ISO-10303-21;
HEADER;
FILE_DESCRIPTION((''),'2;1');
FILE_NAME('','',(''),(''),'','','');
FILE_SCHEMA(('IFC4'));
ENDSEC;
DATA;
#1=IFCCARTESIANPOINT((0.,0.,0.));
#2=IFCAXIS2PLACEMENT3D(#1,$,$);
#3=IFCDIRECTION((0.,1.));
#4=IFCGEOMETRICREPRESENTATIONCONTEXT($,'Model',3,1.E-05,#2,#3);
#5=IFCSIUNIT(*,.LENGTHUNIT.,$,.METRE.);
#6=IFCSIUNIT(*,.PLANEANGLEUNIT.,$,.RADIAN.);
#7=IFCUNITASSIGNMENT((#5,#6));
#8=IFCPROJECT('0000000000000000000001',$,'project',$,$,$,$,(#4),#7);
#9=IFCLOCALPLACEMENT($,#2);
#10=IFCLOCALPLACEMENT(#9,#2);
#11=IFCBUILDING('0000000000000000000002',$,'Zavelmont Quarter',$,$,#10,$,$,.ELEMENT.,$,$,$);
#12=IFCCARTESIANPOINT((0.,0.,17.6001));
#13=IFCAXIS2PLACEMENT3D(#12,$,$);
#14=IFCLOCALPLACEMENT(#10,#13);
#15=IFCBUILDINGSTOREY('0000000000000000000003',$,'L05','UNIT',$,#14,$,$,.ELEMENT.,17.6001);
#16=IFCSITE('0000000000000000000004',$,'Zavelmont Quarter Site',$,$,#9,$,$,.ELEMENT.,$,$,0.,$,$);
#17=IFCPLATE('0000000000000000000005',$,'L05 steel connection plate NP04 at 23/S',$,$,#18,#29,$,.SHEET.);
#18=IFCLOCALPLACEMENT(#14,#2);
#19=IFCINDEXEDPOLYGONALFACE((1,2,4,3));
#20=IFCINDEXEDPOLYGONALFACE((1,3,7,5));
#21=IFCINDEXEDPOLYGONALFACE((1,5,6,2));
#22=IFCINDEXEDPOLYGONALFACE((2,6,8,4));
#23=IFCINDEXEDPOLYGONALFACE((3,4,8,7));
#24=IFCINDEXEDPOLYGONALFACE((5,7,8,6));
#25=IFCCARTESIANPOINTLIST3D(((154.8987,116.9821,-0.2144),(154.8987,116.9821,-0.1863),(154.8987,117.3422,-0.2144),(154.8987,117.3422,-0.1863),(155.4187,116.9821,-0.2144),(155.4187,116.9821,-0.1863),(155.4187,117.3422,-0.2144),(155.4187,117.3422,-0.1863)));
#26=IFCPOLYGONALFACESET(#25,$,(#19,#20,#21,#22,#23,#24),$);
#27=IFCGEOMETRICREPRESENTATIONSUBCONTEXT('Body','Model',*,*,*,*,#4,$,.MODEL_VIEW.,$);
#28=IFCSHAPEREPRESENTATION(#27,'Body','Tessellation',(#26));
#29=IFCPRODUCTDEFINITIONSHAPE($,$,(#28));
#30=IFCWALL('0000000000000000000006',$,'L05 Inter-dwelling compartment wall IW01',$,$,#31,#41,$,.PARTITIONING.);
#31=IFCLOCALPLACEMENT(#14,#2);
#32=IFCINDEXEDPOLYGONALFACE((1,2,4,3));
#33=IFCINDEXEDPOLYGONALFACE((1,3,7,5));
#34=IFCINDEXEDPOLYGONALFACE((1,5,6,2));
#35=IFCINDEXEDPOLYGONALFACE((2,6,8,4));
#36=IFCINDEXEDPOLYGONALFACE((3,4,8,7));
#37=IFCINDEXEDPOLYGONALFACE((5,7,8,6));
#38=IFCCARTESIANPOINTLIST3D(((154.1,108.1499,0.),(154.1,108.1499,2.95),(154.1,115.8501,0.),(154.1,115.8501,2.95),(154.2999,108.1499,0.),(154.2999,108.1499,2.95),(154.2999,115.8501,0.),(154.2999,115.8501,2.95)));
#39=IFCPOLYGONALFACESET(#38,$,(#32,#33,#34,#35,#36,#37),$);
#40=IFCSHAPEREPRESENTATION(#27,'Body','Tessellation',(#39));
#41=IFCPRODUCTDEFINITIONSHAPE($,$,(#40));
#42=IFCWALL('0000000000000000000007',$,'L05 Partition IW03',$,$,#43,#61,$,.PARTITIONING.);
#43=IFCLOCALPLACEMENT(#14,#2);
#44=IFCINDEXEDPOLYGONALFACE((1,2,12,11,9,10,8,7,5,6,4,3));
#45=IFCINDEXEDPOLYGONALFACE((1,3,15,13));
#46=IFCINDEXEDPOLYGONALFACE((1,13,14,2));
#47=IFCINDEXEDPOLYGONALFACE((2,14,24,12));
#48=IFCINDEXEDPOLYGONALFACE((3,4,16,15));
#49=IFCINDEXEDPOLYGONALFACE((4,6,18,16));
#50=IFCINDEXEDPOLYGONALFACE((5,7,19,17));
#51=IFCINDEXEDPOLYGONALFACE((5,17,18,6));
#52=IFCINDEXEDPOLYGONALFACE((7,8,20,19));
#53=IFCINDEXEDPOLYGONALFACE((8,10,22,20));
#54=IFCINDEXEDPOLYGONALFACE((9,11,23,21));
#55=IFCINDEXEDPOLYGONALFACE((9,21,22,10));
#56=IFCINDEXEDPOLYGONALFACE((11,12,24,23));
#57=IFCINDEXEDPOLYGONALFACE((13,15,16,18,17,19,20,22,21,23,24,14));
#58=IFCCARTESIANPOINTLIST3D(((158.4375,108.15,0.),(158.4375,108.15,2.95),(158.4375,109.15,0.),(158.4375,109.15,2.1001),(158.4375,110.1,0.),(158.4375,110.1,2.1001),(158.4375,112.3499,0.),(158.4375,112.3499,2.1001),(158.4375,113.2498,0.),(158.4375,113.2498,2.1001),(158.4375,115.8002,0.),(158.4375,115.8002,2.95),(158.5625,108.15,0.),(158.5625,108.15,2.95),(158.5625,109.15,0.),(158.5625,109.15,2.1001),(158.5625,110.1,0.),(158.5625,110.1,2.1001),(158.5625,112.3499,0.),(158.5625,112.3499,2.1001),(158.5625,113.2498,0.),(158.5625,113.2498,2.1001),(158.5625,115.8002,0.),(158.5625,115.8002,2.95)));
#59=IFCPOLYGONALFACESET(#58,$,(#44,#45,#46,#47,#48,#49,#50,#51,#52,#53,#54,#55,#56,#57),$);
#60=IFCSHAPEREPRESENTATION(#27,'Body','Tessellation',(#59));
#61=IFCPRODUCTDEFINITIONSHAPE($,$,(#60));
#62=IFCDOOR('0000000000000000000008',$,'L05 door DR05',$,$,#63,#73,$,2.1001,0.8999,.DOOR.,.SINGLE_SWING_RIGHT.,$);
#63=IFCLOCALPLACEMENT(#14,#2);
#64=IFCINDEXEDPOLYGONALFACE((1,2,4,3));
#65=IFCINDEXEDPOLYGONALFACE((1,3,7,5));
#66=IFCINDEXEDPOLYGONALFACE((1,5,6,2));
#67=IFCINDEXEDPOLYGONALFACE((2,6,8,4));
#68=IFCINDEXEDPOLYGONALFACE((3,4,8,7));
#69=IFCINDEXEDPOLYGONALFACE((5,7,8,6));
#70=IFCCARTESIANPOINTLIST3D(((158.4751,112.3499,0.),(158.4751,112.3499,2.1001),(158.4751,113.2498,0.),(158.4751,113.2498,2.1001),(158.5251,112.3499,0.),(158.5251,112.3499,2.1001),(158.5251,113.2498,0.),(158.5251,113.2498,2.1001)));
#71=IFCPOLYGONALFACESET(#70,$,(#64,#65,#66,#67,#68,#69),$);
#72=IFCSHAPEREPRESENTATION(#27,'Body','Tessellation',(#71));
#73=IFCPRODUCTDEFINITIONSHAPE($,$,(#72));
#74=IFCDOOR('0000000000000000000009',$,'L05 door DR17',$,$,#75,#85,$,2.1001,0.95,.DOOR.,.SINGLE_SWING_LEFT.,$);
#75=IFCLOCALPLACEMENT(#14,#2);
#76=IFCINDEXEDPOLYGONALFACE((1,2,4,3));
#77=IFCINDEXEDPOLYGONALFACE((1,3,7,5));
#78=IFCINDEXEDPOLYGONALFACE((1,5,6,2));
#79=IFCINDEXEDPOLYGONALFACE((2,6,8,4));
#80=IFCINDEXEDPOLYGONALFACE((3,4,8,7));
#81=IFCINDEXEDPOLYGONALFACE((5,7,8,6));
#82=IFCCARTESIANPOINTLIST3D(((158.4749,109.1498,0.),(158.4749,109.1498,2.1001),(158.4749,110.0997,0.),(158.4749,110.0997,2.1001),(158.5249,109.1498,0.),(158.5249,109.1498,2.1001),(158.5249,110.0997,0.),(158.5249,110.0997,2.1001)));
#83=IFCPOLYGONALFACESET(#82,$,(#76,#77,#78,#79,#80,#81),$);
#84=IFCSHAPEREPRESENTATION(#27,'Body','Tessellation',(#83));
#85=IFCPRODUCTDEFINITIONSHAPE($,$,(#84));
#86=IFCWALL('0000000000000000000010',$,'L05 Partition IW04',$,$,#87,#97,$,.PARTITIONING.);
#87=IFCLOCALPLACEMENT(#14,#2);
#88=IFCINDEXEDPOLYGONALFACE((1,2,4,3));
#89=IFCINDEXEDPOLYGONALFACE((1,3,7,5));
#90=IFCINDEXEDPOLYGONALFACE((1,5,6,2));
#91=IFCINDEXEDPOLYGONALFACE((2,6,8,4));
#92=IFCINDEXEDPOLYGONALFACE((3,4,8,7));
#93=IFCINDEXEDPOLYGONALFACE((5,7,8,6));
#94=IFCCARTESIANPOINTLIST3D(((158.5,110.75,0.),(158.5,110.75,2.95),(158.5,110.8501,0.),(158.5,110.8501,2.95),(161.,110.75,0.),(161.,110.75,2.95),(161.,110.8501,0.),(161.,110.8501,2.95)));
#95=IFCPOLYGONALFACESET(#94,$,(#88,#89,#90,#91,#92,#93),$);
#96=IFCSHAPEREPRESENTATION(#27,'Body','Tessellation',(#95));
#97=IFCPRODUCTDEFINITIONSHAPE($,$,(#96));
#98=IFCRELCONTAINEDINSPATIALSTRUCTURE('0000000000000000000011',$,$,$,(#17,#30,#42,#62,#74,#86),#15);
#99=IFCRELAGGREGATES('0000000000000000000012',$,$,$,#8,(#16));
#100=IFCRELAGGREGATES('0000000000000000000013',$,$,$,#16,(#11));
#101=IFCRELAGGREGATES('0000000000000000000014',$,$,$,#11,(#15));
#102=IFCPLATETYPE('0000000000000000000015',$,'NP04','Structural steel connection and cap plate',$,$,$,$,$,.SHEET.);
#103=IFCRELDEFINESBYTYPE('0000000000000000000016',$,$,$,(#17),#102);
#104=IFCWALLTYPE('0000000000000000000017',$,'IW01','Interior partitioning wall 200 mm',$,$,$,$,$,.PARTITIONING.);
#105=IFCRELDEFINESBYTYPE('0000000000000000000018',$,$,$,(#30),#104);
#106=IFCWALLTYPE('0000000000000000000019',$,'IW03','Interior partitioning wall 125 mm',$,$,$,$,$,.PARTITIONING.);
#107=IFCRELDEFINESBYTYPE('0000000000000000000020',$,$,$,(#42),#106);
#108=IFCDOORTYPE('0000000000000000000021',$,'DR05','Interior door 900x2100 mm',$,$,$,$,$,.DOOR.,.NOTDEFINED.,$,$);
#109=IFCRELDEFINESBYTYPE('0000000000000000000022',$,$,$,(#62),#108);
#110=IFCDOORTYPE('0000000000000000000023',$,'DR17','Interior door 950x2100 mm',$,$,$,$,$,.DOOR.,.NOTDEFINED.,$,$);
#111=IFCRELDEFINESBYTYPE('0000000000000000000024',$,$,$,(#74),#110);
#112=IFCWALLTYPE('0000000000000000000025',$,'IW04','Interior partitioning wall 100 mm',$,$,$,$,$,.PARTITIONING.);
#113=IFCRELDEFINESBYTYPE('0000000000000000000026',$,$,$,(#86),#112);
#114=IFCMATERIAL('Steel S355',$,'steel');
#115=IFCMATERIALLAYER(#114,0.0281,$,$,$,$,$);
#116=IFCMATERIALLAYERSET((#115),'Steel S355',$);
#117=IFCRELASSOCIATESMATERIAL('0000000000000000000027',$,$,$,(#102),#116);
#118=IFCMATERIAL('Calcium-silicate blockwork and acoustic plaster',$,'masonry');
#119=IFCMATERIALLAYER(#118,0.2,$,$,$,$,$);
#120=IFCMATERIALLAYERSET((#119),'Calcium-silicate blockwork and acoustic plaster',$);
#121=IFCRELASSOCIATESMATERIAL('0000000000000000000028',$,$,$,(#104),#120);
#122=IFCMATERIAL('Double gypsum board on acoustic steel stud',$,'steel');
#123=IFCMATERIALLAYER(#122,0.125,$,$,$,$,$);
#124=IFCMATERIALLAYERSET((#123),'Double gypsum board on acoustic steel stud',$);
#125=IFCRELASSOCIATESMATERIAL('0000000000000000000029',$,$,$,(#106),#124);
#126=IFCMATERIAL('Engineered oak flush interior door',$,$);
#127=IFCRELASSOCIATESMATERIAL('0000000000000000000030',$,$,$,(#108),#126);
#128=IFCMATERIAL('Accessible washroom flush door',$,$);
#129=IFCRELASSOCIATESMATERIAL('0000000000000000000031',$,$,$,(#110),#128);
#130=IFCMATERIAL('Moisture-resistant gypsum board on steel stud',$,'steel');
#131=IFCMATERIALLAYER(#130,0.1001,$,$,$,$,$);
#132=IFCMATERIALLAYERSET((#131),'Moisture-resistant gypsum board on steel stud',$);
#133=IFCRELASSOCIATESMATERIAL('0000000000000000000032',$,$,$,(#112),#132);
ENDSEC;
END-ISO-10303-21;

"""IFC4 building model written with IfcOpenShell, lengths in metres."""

from ifc_helpers import new_model, si_unit, direction, frame, frame_2d, origin, origin_with_axes, origin_2d, place, context, subcontext, project, spatial, rectangle, extrude, material, layer, layer_set, type_object, element, fill, save


model = new_model("IFC4")

# Units and contexts
model_context = context("Model", 3, precision=1e-05, world=origin(), true_north=direction((0.0, 1.0)))
body_context = subcontext(model_context, "Body", "Model", "MODEL_VIEW")
ifc_project = project(units=[si_unit("LENGTHUNIT", "METRE"), si_unit("PLANEANGLEUNIT", "RADIAN")], contexts=[model_context])

# Site, building, storey
site_placement = place(None, origin())
site = spatial("IfcSite", under=ifc_project, at=site_placement, Name="Zavelmont Quarter Site", CompositionType="ELEMENT", RefElevation=0.0)
building_placement = place(site_placement, origin())
building = spatial("IfcBuilding", under=site, at=building_placement, Name="Zavelmont Quarter", CompositionType="ELEMENT")
storey_placement = place(building_placement, frame((0.0, 0.0, 17.6001)))
storey = spatial("IfcBuildingStorey", under=building, at=storey_placement, Name="L05", Description="UNIT", CompositionType="ELEMENT", Elevation=17.6001)

# Shared definitions
ifc_material_1 = material(Name="Steel S355", Category="steel")

# Plate
ifc_layer_1 = layer(ifc_material_1, 0.0281)
ifc_layer_set_1 = layer_set([ifc_layer_1], Name="Steel S355")
plate_type_1 = type_object("IfcPlateType", Name="NP04", Description="Structural steel connection and cap plate", PredefinedType="SHEET", material=ifc_layer_set_1)
plate_1_placement = place(storey_placement, frame((155.1587, 117.1621, -0.2144), z_axis=(0.0, 0.0, 1.0), x_axis=(1.0, 0.0, 0.0)))
element("IfcPlate", 1, at=plate_1_placement, inside=storey, type_object=plate_type_1, Name="L05 steel connection plate NP04 at 23/S", PredefinedType="SHEET", context=body_context, shape_type="SweptSolid", body=[
    extrude(rectangle(XDim=0.52, YDim=0.3601, at=origin_2d()), origin(), (0.0, 0.0, 1.0), 0.0281),
])

# Wall
ifc_material_2 = material(Name="Calcium-silicate blockwork and acoustic plaster", Category="masonry")
ifc_layer_2 = layer(ifc_material_2, 0.2)
ifc_layer_set_2 = layer_set([ifc_layer_2], Name="Calcium-silicate blockwork and acoustic plaster")
wall_type_1 = type_object("IfcWallType", Name="IW01", Description="Interior partitioning wall 200 mm", PredefinedType="PARTITIONING", material=ifc_layer_set_2)
wall_1_placement = place(storey_placement, frame((154.2, 108.1499, 0.0), z_axis=(0.0, 0.0, 1.0), x_axis=(0.0, 1.0, 0.0)))
element("IfcWall", 2, at=wall_1_placement, inside=storey, type_object=wall_type_1, Name="L05 Inter-dwelling compartment wall IW01", PredefinedType="PARTITIONING", context=body_context, shape_type="SweptSolid", body=[
    extrude(rectangle(XDim=7.7002, YDim=0.2, at=frame_2d((3.8501, 0.0))), origin(), (0.0, 0.0, 1.0), 2.95),
])

# Wall, openings, doors
ifc_material_3 = material(Name="Double gypsum board on acoustic steel stud", Category="steel")
ifc_layer_3 = layer(ifc_material_3, 0.125)
ifc_layer_set_3 = layer_set([ifc_layer_3], Name="Double gypsum board on acoustic steel stud")
wall_type_2 = type_object("IfcWallType", Name="IW03", Description="Interior partitioning wall 125 mm", PredefinedType="PARTITIONING", material=ifc_layer_set_3)
wall_2_placement = place(storey_placement, frame((158.5, 108.1499, 0.0), z_axis=(0.0, 0.0, 1.0), x_axis=(0.0, 1.0, 0.0)))
wall_2 = element("IfcWall", 3, at=wall_2_placement, inside=storey, type_object=wall_type_2, Name="L05 Partition IW03", PredefinedType="PARTITIONING", context=body_context, shape_type="SweptSolid", body=[
    extrude(rectangle(XDim=7.6501, YDim=0.125, at=frame_2d((3.8252, 0.0))), origin(), (0.0, 0.0, 1.0), 2.95),
])
opening_1_placement = place(wall_2_placement, frame((1.0, 0.0, 0.0)))
opening_1 = element("IfcOpeningElement", 4, at=opening_1_placement, cuts=wall_2, PredefinedType="OPENING", context=body_context, shape_type="SweptSolid", body=[
    extrude(rectangle(XDim=0.95, YDim=2.1001, at=frame_2d((0.4751, 1.05))), frame((0.0, 0.0745, 0.0), z_axis=(0.0, -1.0, 0.0), x_axis=(1.0, 0.0, 0.0)), (0.0, 0.0, 1.0), 0.1489),
])
opening_2_placement = place(wall_2_placement, frame((4.2, 0.0, 0.0)))
opening_2 = element("IfcOpeningElement", 5, at=opening_2_placement, cuts=wall_2, PredefinedType="OPENING", context=body_context, shape_type="SweptSolid", body=[
    extrude(rectangle(XDim=0.8999, YDim=2.1001, at=frame_2d((0.45, 1.05))), frame((0.0, 0.0745, 0.0), z_axis=(0.0, -1.0, 0.0), x_axis=(1.0, 0.0, 0.0)), (0.0, 0.0, 1.0), 0.1489),
])
ifc_material_4 = material(Name="Engineered oak flush interior door")
door_type_1 = type_object("IfcDoorType", Name="DR05", Description="Interior door 900x2100 mm", OperationType="NOTDEFINED", PredefinedType="DOOR", material=ifc_material_4)
door_1_placement = place(opening_2_placement, origin_with_axes())
door_1 = element("IfcDoor", 6, at=door_1_placement, inside=storey, type_object=door_type_1, Name="L05 door DR05", OperationType="SINGLE_SWING_RIGHT", OverallHeight=2.1001, OverallWidth=0.8999, PredefinedType="DOOR", context=body_context, shape_type="SweptSolid", body=[
    extrude(rectangle(XDim=0.8999, YDim=2.1001, at=frame_2d((0.45, 1.05))), frame((0.0, 0.0249, 0.0), z_axis=(0.0, -1.0, 0.0), x_axis=(1.0, 0.0, 0.0)), (0.0, 0.0, 1.0), 0.05),
])
fill(opening_2, door_1)
ifc_material_5 = material(Name="Accessible washroom flush door")
door_type_2 = type_object("IfcDoorType", Name="DR17", Description="Interior door 950x2100 mm", OperationType="NOTDEFINED", PredefinedType="DOOR", material=ifc_material_5)
door_2_placement = place(opening_1_placement, frame((0.95, 0.0, 0.0), z_axis=(0.0, 0.0, 1.0), x_axis=(-1.0, 0.0, 0.0)))
door_2 = element("IfcDoor", 7, at=door_2_placement, inside=storey, type_object=door_type_2, Name="L05 door DR17", OperationType="SINGLE_SWING_LEFT", OverallHeight=2.1001, OverallWidth=0.95, PredefinedType="DOOR", context=body_context, shape_type="SweptSolid", body=[
    extrude(rectangle(XDim=0.95, YDim=2.1001, at=frame_2d((0.4751, 1.05))), frame((0.0, 0.0249, 0.0), z_axis=(0.0, -1.0, 0.0), x_axis=(1.0, 0.0, 0.0)), (0.0, 0.0, 1.0), 0.05),
])
fill(opening_1, door_2)

# Wall
ifc_material_6 = material(Name="Moisture-resistant gypsum board on steel stud", Category="steel")
ifc_layer_4 = layer(ifc_material_6, 0.1001)
ifc_layer_set_4 = layer_set([ifc_layer_4], Name="Moisture-resistant gypsum board on steel stud")
wall_type_3 = type_object("IfcWallType", Name="IW04", Description="Interior partitioning wall 100 mm", PredefinedType="PARTITIONING", material=ifc_layer_set_4)
wall_3_placement = place(storey_placement, frame((158.5, 110.8, 0.0), z_axis=(0.0, 0.0, 1.0), x_axis=(1.0, 0.0, 0.0)))
element("IfcWall", 8, at=wall_3_placement, inside=storey, type_object=wall_type_3, Name="L05 Partition IW04", PredefinedType="PARTITIONING", context=body_context, shape_type="SweptSolid", body=[
    extrude(rectangle(XDim=2.5, YDim=0.1001, at=frame_2d((1.25, 0.0))), origin(), (0.0, 0.0, 1.0), 2.95),
])

save(model, "model.ifc")
